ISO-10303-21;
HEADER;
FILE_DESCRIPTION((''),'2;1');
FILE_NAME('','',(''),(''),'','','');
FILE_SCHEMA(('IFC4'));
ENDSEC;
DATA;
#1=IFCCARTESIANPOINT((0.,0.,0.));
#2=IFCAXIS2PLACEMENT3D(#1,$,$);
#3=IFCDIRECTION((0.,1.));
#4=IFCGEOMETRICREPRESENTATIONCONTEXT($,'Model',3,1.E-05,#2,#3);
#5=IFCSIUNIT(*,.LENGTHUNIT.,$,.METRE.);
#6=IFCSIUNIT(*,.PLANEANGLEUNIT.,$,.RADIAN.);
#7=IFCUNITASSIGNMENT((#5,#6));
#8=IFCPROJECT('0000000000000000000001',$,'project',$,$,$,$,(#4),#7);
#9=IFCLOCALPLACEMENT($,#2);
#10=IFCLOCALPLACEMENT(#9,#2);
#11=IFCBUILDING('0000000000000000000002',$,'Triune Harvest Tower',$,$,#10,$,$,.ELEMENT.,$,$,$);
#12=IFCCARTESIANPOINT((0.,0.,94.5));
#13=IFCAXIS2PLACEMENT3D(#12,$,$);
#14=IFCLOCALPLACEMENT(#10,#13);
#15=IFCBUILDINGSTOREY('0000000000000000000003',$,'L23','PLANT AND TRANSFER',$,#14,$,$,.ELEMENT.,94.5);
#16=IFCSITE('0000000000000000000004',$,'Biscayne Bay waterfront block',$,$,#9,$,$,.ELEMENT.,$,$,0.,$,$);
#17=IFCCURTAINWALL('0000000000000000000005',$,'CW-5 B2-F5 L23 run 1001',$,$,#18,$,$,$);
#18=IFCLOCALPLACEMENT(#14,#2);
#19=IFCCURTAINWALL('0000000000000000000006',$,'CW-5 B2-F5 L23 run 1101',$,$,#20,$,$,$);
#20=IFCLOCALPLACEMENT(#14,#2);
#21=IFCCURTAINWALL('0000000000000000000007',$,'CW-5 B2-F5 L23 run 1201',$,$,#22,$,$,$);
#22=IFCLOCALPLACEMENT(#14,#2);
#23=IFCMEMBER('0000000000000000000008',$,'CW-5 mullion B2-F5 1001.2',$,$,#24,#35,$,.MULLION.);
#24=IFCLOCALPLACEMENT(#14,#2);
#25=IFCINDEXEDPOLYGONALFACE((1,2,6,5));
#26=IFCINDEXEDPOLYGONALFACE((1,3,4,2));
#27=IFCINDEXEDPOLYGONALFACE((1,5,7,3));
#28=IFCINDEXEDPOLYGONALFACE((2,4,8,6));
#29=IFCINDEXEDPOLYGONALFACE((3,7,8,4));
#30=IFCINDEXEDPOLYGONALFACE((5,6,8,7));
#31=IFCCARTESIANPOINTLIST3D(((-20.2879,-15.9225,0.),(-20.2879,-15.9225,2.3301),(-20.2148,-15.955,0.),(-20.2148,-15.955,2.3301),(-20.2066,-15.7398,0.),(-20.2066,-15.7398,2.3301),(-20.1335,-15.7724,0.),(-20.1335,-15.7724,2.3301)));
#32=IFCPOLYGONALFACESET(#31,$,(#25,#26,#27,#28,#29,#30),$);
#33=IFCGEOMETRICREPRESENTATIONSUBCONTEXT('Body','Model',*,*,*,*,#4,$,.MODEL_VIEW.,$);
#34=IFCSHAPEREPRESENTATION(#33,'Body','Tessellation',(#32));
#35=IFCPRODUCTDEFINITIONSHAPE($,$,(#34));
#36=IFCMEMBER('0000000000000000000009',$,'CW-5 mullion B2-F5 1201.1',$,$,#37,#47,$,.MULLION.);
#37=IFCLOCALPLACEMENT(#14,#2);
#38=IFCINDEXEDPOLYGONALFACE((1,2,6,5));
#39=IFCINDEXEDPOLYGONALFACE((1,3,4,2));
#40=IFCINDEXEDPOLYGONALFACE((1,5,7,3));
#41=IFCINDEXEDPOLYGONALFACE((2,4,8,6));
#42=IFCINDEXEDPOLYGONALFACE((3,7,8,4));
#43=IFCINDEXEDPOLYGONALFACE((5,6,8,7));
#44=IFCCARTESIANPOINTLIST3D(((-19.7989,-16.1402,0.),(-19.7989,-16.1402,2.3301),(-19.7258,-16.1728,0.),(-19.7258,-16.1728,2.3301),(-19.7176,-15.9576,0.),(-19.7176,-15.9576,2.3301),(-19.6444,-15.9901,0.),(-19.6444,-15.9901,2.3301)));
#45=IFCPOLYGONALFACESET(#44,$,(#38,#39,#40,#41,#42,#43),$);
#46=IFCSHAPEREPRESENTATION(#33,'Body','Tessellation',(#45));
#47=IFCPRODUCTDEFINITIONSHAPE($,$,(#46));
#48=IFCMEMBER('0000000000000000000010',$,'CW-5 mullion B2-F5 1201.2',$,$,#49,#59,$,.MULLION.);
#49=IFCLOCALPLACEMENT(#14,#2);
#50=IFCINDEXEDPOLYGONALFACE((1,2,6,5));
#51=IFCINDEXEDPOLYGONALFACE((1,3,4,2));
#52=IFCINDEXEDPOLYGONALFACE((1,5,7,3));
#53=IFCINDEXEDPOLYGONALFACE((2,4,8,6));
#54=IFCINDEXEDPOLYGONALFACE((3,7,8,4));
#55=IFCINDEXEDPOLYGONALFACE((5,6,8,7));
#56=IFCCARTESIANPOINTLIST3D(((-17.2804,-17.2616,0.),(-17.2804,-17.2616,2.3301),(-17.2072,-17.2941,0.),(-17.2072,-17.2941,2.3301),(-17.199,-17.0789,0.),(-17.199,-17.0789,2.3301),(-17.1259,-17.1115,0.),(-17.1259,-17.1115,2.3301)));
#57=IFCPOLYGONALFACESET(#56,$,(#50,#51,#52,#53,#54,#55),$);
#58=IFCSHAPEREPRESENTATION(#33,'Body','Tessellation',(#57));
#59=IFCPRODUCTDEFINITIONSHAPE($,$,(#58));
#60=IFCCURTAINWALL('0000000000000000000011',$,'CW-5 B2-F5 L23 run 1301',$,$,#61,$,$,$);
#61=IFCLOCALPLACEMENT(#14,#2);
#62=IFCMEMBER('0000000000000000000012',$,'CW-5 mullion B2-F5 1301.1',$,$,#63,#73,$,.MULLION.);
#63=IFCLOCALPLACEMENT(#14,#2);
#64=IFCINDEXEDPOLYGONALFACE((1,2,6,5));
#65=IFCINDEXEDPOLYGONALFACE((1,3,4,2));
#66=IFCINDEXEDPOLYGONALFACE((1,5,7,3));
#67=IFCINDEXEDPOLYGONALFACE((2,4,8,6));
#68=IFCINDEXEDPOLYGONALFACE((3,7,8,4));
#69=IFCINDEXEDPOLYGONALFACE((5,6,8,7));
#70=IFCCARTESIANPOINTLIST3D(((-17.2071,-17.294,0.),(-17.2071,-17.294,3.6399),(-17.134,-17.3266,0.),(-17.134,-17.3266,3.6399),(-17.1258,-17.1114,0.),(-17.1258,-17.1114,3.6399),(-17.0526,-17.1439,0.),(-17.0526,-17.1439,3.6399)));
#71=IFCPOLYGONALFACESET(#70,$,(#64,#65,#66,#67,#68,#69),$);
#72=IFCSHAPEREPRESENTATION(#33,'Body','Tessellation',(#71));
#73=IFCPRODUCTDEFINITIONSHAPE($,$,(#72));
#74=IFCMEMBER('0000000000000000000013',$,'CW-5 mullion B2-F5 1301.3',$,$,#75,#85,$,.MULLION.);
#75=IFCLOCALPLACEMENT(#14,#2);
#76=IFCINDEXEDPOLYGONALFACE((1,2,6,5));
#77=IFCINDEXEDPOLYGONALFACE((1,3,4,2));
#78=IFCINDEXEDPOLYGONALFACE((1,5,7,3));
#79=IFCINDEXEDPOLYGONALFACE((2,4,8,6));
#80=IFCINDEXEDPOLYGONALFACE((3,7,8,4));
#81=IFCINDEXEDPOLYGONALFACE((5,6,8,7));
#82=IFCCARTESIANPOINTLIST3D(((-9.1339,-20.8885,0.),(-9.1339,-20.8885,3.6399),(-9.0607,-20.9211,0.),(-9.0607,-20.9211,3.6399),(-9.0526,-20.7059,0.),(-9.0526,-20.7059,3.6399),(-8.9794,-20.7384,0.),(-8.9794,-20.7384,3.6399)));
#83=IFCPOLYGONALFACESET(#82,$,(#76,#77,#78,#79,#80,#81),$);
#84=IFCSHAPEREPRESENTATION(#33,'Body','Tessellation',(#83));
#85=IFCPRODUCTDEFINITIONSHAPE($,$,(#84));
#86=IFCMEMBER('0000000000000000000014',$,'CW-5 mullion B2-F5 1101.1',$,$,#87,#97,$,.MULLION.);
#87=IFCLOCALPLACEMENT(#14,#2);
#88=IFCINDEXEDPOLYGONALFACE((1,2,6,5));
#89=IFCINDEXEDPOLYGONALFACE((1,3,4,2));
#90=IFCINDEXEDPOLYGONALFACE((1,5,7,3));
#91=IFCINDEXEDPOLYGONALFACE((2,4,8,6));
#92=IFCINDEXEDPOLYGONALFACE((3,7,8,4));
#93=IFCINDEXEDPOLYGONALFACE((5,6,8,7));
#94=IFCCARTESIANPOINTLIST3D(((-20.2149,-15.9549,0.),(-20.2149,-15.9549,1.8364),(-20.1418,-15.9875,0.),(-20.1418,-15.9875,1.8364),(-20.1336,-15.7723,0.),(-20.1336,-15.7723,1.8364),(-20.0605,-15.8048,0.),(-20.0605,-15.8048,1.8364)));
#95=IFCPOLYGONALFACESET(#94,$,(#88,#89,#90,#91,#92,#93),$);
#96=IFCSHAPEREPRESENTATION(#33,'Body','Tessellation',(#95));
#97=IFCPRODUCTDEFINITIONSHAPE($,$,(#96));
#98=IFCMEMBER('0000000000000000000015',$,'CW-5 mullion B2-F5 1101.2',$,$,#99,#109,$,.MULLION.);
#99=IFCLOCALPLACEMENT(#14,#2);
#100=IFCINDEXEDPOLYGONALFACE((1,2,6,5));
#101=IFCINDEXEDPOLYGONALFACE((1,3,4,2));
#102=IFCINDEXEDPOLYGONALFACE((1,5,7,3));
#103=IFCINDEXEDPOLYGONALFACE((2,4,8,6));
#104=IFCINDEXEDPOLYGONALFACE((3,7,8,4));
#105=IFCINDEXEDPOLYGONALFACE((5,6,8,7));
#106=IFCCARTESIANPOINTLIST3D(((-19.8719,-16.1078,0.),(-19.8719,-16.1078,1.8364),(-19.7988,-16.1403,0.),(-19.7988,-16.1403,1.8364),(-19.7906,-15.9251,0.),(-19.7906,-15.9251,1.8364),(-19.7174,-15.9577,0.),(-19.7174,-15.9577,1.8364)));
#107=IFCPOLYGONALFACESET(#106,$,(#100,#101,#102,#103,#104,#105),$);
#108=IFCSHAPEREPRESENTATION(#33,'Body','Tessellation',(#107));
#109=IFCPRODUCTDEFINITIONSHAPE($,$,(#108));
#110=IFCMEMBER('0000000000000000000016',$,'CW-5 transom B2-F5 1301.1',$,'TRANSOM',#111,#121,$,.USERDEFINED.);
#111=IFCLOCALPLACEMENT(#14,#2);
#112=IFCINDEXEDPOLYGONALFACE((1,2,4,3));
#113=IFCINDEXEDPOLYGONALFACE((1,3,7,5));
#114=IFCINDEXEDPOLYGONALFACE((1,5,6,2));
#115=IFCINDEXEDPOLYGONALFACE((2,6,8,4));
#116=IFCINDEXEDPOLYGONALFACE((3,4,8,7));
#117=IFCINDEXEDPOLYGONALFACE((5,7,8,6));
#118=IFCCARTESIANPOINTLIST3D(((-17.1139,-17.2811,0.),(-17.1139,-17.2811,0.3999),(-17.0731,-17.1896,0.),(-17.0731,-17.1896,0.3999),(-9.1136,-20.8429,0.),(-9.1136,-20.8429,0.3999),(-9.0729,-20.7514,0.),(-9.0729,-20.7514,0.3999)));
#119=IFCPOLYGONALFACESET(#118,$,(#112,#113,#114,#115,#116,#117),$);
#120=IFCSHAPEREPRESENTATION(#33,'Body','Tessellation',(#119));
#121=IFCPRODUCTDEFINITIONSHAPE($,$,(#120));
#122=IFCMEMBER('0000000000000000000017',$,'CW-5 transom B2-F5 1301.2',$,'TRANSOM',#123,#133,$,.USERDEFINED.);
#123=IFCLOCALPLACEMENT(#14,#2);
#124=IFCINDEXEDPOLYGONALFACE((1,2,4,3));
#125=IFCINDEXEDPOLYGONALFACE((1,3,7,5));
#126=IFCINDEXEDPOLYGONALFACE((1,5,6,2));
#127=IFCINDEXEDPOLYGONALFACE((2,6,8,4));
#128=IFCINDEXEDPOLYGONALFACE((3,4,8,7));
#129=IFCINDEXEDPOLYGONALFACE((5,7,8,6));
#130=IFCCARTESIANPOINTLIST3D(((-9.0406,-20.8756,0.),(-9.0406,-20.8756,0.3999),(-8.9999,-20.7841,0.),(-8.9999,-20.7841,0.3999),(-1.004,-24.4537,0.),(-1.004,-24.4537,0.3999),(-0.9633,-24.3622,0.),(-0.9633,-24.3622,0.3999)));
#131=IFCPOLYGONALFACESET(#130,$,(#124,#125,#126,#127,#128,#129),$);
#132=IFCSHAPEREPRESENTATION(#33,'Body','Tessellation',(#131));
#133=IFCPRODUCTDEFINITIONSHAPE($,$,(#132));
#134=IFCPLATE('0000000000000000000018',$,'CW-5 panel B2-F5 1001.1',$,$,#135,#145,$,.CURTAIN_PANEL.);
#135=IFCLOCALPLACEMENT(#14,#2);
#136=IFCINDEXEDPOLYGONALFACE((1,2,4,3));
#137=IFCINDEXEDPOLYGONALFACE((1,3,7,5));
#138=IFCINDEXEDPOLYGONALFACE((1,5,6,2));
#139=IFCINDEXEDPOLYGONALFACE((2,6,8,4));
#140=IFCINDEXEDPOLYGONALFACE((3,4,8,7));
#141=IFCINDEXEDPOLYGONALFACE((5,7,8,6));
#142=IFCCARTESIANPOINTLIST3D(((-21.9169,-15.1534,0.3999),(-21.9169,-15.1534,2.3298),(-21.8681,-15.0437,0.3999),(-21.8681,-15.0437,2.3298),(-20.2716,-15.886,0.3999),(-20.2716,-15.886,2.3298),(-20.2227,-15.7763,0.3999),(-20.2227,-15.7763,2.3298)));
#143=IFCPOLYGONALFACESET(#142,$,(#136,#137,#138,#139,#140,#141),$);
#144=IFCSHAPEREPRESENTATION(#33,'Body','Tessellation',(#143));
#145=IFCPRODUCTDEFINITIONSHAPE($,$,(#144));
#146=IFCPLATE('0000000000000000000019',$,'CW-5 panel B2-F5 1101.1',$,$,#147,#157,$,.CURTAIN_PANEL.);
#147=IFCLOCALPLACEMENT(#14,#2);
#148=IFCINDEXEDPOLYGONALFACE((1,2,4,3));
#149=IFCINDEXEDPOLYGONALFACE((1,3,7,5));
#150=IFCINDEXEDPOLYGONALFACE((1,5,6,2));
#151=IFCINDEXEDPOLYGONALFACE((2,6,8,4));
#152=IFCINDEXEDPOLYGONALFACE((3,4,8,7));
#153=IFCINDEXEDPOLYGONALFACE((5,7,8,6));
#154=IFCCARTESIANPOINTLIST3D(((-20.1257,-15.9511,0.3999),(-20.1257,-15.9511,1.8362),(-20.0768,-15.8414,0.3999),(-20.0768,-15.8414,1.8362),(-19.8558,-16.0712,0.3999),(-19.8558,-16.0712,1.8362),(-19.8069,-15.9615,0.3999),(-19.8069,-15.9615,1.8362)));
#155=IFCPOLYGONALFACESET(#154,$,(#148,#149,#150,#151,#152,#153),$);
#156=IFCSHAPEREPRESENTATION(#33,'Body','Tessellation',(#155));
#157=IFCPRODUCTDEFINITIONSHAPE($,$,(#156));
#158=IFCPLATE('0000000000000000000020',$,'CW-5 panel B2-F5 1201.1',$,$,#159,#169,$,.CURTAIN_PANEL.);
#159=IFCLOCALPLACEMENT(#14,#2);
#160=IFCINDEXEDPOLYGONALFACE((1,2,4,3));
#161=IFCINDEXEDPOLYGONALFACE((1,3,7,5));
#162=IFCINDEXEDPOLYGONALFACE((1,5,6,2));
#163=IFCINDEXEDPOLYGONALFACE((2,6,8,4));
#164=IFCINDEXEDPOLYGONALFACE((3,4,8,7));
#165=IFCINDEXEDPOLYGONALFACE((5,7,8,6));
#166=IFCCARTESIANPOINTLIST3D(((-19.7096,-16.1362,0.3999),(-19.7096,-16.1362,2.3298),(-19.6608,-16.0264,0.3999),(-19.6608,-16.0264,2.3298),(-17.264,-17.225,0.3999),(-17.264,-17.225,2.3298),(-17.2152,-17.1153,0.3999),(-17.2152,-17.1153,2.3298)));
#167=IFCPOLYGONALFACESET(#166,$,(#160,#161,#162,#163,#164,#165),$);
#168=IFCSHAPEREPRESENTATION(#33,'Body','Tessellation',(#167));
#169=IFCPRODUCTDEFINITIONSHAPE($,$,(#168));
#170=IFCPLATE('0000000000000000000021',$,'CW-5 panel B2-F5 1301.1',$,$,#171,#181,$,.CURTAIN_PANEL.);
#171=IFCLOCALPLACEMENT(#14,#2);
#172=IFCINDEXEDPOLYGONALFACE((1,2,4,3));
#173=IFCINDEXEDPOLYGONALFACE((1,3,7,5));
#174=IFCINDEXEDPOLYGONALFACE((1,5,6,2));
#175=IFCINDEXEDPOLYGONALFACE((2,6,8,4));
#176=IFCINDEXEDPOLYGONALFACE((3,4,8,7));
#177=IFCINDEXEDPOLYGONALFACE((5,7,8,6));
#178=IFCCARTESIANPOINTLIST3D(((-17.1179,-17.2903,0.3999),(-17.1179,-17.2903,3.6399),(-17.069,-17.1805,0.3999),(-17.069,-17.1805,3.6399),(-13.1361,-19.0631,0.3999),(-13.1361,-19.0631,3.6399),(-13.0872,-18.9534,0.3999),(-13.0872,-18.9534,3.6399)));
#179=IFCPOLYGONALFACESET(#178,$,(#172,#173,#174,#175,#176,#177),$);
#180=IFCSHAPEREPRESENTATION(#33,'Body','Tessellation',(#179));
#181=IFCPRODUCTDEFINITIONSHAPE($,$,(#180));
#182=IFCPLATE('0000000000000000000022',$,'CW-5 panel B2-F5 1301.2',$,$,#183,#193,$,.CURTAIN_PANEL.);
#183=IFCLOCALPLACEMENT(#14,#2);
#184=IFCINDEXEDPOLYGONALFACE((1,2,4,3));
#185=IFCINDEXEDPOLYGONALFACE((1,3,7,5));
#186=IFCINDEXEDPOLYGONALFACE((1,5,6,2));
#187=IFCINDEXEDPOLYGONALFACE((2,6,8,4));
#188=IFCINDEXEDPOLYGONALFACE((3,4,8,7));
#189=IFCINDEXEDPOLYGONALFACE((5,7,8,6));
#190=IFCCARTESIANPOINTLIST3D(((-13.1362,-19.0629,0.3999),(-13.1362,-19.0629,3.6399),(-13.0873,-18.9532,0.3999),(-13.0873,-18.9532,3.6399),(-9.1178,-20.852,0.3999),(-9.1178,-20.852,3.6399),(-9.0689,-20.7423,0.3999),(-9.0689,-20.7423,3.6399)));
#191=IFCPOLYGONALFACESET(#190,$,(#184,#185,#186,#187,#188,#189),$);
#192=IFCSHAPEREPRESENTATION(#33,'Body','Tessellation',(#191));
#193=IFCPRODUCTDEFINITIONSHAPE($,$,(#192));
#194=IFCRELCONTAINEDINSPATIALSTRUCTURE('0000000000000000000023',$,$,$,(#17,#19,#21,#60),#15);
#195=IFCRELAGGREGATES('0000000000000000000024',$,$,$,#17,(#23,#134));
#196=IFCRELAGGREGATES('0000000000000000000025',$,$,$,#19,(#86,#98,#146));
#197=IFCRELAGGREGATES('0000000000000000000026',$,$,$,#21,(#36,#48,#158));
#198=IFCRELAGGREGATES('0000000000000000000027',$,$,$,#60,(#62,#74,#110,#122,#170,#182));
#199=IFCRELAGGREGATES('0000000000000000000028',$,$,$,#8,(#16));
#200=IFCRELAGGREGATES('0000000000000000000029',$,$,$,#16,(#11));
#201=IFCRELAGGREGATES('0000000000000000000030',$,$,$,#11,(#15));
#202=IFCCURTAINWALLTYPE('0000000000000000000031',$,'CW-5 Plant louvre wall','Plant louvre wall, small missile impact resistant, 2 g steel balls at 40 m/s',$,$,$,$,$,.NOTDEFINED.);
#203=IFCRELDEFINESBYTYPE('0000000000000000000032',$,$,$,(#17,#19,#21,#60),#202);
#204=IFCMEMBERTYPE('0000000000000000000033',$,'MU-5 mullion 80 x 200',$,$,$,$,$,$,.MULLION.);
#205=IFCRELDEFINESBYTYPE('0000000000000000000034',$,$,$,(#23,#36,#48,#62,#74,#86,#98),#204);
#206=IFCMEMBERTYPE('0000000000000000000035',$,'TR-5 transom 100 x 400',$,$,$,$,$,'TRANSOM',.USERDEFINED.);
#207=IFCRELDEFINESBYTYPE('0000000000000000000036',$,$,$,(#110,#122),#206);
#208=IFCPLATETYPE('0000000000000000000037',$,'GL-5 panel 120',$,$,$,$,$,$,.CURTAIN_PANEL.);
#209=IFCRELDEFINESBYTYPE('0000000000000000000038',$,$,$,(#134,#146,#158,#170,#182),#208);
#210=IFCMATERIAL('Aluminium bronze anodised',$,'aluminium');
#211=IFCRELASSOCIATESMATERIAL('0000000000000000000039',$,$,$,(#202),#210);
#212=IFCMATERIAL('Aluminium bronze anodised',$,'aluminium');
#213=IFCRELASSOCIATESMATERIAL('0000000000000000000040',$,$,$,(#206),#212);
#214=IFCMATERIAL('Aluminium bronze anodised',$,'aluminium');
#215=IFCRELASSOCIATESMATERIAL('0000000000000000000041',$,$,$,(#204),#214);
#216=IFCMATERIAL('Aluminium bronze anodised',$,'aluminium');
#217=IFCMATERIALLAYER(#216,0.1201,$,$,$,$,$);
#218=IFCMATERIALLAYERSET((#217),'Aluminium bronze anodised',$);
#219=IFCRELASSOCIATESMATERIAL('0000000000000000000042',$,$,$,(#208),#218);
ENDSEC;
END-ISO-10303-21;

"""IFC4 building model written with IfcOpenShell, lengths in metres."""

from ifc_helpers import new_model, si_unit, direction, frame, origin, origin_2d, place, context, subcontext, project, spatial, rectangle, extrude, source, transform, mapped, material, layer, layer_set, material_profile, profile_set, type_object, element, aggregate, save


model = new_model("IFC4")

# Units and contexts
model_context = context("Model", 3, precision=1e-05, world=origin(), true_north=direction((0.0, 1.0)))
body_context = subcontext(model_context, "Body", "Model", "MODEL_VIEW")
ifc_project = project(units=[si_unit("LENGTHUNIT", "METRE"), si_unit("PLANEANGLEUNIT", "RADIAN")], contexts=[model_context])

# Site, building, storey
site_placement = place(None, origin())
site = spatial("IfcSite", under=ifc_project, at=site_placement, Name="Biscayne Bay waterfront block", CompositionType="ELEMENT", RefElevation=0.0)
building_placement = place(site_placement, origin())
building = spatial("IfcBuilding", under=site, at=building_placement, Name="Triune Harvest Tower", CompositionType="ELEMENT")
storey_placement = place(building_placement, frame((0.0, 0.0, 94.5)))
storey = spatial("IfcBuildingStorey", under=building, at=storey_placement, Name="L23", Description="PLANT AND TRANSFER", CompositionType="ELEMENT", Elevation=94.5)

# Curtain walls
ifc_material_1 = material(Name="Aluminium bronze anodised", Category="aluminium")
curtain_wall_type = type_object("IfcCurtainWallType", Name="CW-5 Plant louvre wall", Description="Plant louvre wall, small missile impact resistant, 2 g steel balls at 40 m/s", PredefinedType="NOTDEFINED", material=ifc_material_1)
curtain_wall_1_placement = place(storey_placement, origin())
curtain_wall_1 = element("IfcCurtainWall", 1, at=curtain_wall_1_placement, inside=storey, type_object=curtain_wall_type, Name="CW-5 B2-F5 L23 run 1001")
ifc_material_2 = material(Name="Aluminium bronze anodised", Category="aluminium")
ifc_material_profile_1 = material_profile(ifc_material_2, rectangle(XDim=0.1001, YDim=0.3999, at=origin_2d()), Name="TR-5 transom 100 x 400")
ifc_profile_set_1 = profile_set([ifc_material_profile_1], Name="Aluminium bronze anodised")
member_type_1 = type_object("IfcMemberType", Name="TR-5 transom 100 x 400", ElementType="TRANSOM", PredefinedType="USERDEFINED", material=ifc_profile_set_1)
curtain_wall_2_placement = place(storey_placement, origin())
curtain_wall_2 = element("IfcCurtainWall", 2, at=curtain_wall_2_placement, inside=storey, type_object=curtain_wall_type, Name="CW-5 B2-F5 L23 run 1101")
curtain_wall_3_placement = place(storey_placement, origin())
curtain_wall_3 = element("IfcCurtainWall", 3, at=curtain_wall_3_placement, inside=storey, type_object=curtain_wall_type, Name="CW-5 B2-F5 L23 run 1201")

# Members
ifc_material_3 = material(Name="Aluminium bronze anodised", Category="aluminium")
ifc_material_profile_2 = material_profile(ifc_material_3, rectangle(XDim=0.2, YDim=0.0801, at=origin_2d()), Name="MU-5 mullion 80 x 200")
ifc_profile_set_2 = profile_set([ifc_material_profile_2], Name="Aluminium bronze anodised")
member_type_2 = type_object("IfcMemberType", Name="MU-5 mullion 80 x 200", PredefinedType="MULLION", material=ifc_profile_set_2)
shared_shape_1 = source(origin(), body_context, "Body", "SweptSolid", [
    extrude(rectangle(XDim=0.2, YDim=0.0801, at=origin_2d()), origin(), (0.0, 0.0, 1.0), 2.3301),
])
member_1_placement = place(storey_placement, frame((-20.2107, -15.8474, 0.0), z_axis=(0.0, 0.0, 1.0), x_axis=(0.406744, 0.913542, 0.0)))
member_1 = element("IfcMember", 4, at=member_1_placement, type_object=member_type_2, Name="CW-5 mullion B2-F5 1001.2", PredefinedType="MULLION", context=body_context, shape_type="MappedRepresentation", body=[
    mapped(shared_shape_1, transform((0.0, 0.0, 0.0), scale=1.0)),
])
member_2_placement = place(storey_placement, frame((-19.7217, -16.0652, 0.0), z_axis=(0.0, 0.0, 1.0), x_axis=(0.406737, 0.913545, 0.0)))
member_2 = element("IfcMember", 5, at=member_2_placement, type_object=member_type_2, Name="CW-5 mullion B2-F5 1201.1", PredefinedType="MULLION", context=body_context, shape_type="MappedRepresentation", body=[
    mapped(shared_shape_1, transform((0.0, 0.0, 0.0), scale=1.0)),
])
member_3_placement = place(storey_placement, frame((-17.2031, -17.1865, 0.0), z_axis=(0.0, 0.0, 1.0), x_axis=(0.406737, 0.913545, 0.0)))
member_3 = element("IfcMember", 6, at=member_3_placement, type_object=member_type_2, Name="CW-5 mullion B2-F5 1201.2", PredefinedType="MULLION", context=body_context, shape_type="MappedRepresentation", body=[
    mapped(shared_shape_1, transform((0.0, 0.0, 0.0), scale=1.0)),
])

# Curtain wall, members
curtain_wall_4_placement = place(storey_placement, origin())
curtain_wall_4 = element("IfcCurtainWall", 7, at=curtain_wall_4_placement, inside=storey, type_object=curtain_wall_type, Name="CW-5 B2-F5 L23 run 1301")
shared_shape_2 = source(origin(), body_context, "Body", "SweptSolid", [
    extrude(rectangle(XDim=0.2, YDim=0.0801, at=origin_2d()), origin(), (0.0, 0.0, 1.0), 3.6399),
])
member_4_placement = place(storey_placement, frame((-17.1299, -17.219, 0.0), z_axis=(0.0, 0.0, 1.0), x_axis=(0.406737, 0.913545, 0.0)))
member_4 = element("IfcMember", 8, at=member_4_placement, type_object=member_type_2, Name="CW-5 mullion B2-F5 1301.1", PredefinedType="MULLION", context=body_context, shape_type="MappedRepresentation", body=[
    mapped(shared_shape_2, transform((0.0, 0.0, 0.0), scale=1.0)),
])
member_5_placement = place(storey_placement, frame((-9.0566, -20.8135, 0.0), z_axis=(0.0, 0.0, 1.0), x_axis=(0.406737, 0.913545, 0.0)))
member_5 = element("IfcMember", 9, at=member_5_placement, type_object=member_type_2, Name="CW-5 mullion B2-F5 1301.3", PredefinedType="MULLION", context=body_context, shape_type="MappedRepresentation", body=[
    mapped(shared_shape_2, transform((0.0, 0.0, 0.0), scale=1.0)),
])

# Members
shared_shape_3 = source(origin(), body_context, "Body", "SweptSolid", [
    extrude(rectangle(XDim=0.2, YDim=0.0801, at=origin_2d()), origin(), (0.0, 0.0, 1.0), 1.8364),
])
member_6_placement = place(storey_placement, frame((-20.1377, -15.8799, 0.0), z_axis=(0.0, 0.0, 1.0), x_axis=(0.406709, 0.913558, 0.0)))
member_6 = element("IfcMember", 10, at=member_6_placement, type_object=member_type_2, Name="CW-5 mullion B2-F5 1101.1", PredefinedType="MULLION", context=body_context, shape_type="MappedRepresentation", body=[
    mapped(shared_shape_3, transform((0.0, 0.0, 0.0), scale=1.0)),
])
member_7_placement = place(storey_placement, frame((-19.7947, -16.0327, 0.0), z_axis=(0.0, 0.0, 1.0), x_axis=(0.406709, 0.913558, 0.0)))
member_7 = element("IfcMember", 11, at=member_7_placement, type_object=member_type_2, Name="CW-5 mullion B2-F5 1101.2", PredefinedType="MULLION", context=body_context, shape_type="MappedRepresentation", body=[
    mapped(shared_shape_3, transform((0.0, 0.0, 0.0), scale=1.0)),
])
shared_shape_4 = source(origin(), body_context, "Body", "SweptSolid", [
    extrude(rectangle(XDim=0.1001, YDim=0.3999, at=origin_2d()), origin(), (0.0, 0.0, 1.0), 8.7573),
])
member_8_placement = place(storey_placement, frame((-17.0935, -17.2354, 0.2), z_axis=(0.913553, -0.40672, 0.0), x_axis=(0.40672, 0.913553, 0.0)))
member_8 = element("IfcMember", 12, at=member_8_placement, type_object=member_type_1, Name="CW-5 transom B2-F5 1301.1", ObjectType="TRANSOM", PredefinedType="USERDEFINED", context=body_context, shape_type="MappedRepresentation", body=[
    mapped(shared_shape_4, transform((0.0, 0.0, 0.0), scale=1.0)),
])
shared_shape_5 = source(origin(), body_context, "Body", "SweptSolid", [
    extrude(rectangle(XDim=0.1001, YDim=0.3999, at=origin_2d()), origin(), (0.0, 0.0, 1.0), 8.7971),
])
member_9_placement = place(storey_placement, frame((-9.0203, -20.8298, 0.2), z_axis=(0.913546, -0.406736, 0.0), x_axis=(0.406736, 0.913546, 0.0)))
member_9 = element("IfcMember", 13, at=member_9_placement, type_object=member_type_1, Name="CW-5 transom B2-F5 1301.2", ObjectType="TRANSOM", PredefinedType="USERDEFINED", context=body_context, shape_type="MappedRepresentation", body=[
    mapped(shared_shape_5, transform((0.0, 0.0, 0.0), scale=1.0)),
])

# Plates
ifc_material_4 = material(Name="Aluminium bronze anodised", Category="aluminium")
ifc_layer_1 = layer(ifc_material_4, 0.1201)
ifc_layer_set_1 = layer_set([ifc_layer_1], Name="Aluminium bronze anodised")
plate_type = type_object("IfcPlateType", Name="GL-5 panel 120", PredefinedType="CURTAIN_PANEL", material=ifc_layer_set_1)
plate_1_placement = place(storey_placement, frame((-21.0698, -15.4648, 0.3999), z_axis=(0.0, 0.0, 1.0), x_axis=(0.913542, -0.406744, 0.0)))
plate_1 = element("IfcPlate", 14, at=plate_1_placement, type_object=plate_type, Name="CW-5 panel B2-F5 1001.1", PredefinedType="CURTAIN_PANEL", context=body_context, shape_type="SweptSolid", body=[
    extrude(rectangle(XDim=1.801, YDim=0.1201, at=origin_2d()), origin(), (0.0, 0.0, 1.0), 1.9299),
])
aggregate(curtain_wall_1, [member_1, plate_1])
plate_2_placement = place(storey_placement, frame((-19.9663, -15.9563, 0.3999), z_axis=(0.0, 0.0, 1.0), x_axis=(0.913558, -0.406709, 0.0)))
plate_2 = element("IfcPlate", 15, at=plate_2_placement, type_object=plate_type, Name="CW-5 panel B2-F5 1101.1", PredefinedType="CURTAIN_PANEL", context=body_context, shape_type="SweptSolid", body=[
    extrude(rectangle(XDim=0.2954, YDim=0.1201, at=origin_2d()), origin(), (0.0, 0.0, 1.0), 1.4363),
])
aggregate(curtain_wall_2, [member_6, member_7, plate_2])
plate_3_placement = place(storey_placement, frame((-18.4624, -16.6257, 0.3999), z_axis=(0.0, 0.0, 1.0), x_axis=(0.913545, -0.406737, 0.0)))
plate_3 = element("IfcPlate", 16, at=plate_3_placement, type_object=plate_type, Name="CW-5 panel B2-F5 1201.1", PredefinedType="CURTAIN_PANEL", context=body_context, shape_type="SweptSolid", body=[
    extrude(rectangle(XDim=2.677, YDim=0.1201, at=origin_2d()), origin(), (0.0, 0.0, 1.0), 1.9299),
])
aggregate(curtain_wall_3, [member_2, member_3, plate_3])
shared_shape_6 = source(origin(), body_context, "Body", "SweptSolid", [
    extrude(rectangle(XDim=4.3586, YDim=0.1201, at=origin_2d()), origin(), (0.0, 0.0, 1.0), 3.24),
])
plate_4_placement = place(storey_placement, frame((-15.1025, -18.1218, 0.3999), z_axis=(0.0, 0.0, 1.0), x_axis=(0.913545, -0.406737, 0.0)))
plate_4 = element("IfcPlate", 17, at=plate_4_placement, type_object=plate_type, Name="CW-5 panel B2-F5 1301.1", PredefinedType="CURTAIN_PANEL", context=body_context, shape_type="MappedRepresentation", body=[
    mapped(shared_shape_6, transform((0.0, 0.0, 0.0), scale=1.0)),
])
shared_shape_7 = source(origin(), body_context, "Body", "SweptSolid", [
    extrude(rectangle(XDim=4.3987, YDim=0.1201, at=origin_2d()), origin(), (0.0, 0.0, 1.0), 3.24),
])
plate_5_placement = place(storey_placement, frame((-11.1025, -19.9026, 0.3999), z_axis=(0.0, 0.0, 1.0), x_axis=(0.913545, -0.406737, 0.0)))
plate_5 = element("IfcPlate", 18, at=plate_5_placement, type_object=plate_type, Name="CW-5 panel B2-F5 1301.2", PredefinedType="CURTAIN_PANEL", context=body_context, shape_type="MappedRepresentation", body=[
    mapped(shared_shape_7, transform((0.0, 0.0, 0.0), scale=1.0)),
])
aggregate(curtain_wall_4, [member_4, member_5, member_8, member_9, plate_4, plate_5])

save(model, "model.ifc")
